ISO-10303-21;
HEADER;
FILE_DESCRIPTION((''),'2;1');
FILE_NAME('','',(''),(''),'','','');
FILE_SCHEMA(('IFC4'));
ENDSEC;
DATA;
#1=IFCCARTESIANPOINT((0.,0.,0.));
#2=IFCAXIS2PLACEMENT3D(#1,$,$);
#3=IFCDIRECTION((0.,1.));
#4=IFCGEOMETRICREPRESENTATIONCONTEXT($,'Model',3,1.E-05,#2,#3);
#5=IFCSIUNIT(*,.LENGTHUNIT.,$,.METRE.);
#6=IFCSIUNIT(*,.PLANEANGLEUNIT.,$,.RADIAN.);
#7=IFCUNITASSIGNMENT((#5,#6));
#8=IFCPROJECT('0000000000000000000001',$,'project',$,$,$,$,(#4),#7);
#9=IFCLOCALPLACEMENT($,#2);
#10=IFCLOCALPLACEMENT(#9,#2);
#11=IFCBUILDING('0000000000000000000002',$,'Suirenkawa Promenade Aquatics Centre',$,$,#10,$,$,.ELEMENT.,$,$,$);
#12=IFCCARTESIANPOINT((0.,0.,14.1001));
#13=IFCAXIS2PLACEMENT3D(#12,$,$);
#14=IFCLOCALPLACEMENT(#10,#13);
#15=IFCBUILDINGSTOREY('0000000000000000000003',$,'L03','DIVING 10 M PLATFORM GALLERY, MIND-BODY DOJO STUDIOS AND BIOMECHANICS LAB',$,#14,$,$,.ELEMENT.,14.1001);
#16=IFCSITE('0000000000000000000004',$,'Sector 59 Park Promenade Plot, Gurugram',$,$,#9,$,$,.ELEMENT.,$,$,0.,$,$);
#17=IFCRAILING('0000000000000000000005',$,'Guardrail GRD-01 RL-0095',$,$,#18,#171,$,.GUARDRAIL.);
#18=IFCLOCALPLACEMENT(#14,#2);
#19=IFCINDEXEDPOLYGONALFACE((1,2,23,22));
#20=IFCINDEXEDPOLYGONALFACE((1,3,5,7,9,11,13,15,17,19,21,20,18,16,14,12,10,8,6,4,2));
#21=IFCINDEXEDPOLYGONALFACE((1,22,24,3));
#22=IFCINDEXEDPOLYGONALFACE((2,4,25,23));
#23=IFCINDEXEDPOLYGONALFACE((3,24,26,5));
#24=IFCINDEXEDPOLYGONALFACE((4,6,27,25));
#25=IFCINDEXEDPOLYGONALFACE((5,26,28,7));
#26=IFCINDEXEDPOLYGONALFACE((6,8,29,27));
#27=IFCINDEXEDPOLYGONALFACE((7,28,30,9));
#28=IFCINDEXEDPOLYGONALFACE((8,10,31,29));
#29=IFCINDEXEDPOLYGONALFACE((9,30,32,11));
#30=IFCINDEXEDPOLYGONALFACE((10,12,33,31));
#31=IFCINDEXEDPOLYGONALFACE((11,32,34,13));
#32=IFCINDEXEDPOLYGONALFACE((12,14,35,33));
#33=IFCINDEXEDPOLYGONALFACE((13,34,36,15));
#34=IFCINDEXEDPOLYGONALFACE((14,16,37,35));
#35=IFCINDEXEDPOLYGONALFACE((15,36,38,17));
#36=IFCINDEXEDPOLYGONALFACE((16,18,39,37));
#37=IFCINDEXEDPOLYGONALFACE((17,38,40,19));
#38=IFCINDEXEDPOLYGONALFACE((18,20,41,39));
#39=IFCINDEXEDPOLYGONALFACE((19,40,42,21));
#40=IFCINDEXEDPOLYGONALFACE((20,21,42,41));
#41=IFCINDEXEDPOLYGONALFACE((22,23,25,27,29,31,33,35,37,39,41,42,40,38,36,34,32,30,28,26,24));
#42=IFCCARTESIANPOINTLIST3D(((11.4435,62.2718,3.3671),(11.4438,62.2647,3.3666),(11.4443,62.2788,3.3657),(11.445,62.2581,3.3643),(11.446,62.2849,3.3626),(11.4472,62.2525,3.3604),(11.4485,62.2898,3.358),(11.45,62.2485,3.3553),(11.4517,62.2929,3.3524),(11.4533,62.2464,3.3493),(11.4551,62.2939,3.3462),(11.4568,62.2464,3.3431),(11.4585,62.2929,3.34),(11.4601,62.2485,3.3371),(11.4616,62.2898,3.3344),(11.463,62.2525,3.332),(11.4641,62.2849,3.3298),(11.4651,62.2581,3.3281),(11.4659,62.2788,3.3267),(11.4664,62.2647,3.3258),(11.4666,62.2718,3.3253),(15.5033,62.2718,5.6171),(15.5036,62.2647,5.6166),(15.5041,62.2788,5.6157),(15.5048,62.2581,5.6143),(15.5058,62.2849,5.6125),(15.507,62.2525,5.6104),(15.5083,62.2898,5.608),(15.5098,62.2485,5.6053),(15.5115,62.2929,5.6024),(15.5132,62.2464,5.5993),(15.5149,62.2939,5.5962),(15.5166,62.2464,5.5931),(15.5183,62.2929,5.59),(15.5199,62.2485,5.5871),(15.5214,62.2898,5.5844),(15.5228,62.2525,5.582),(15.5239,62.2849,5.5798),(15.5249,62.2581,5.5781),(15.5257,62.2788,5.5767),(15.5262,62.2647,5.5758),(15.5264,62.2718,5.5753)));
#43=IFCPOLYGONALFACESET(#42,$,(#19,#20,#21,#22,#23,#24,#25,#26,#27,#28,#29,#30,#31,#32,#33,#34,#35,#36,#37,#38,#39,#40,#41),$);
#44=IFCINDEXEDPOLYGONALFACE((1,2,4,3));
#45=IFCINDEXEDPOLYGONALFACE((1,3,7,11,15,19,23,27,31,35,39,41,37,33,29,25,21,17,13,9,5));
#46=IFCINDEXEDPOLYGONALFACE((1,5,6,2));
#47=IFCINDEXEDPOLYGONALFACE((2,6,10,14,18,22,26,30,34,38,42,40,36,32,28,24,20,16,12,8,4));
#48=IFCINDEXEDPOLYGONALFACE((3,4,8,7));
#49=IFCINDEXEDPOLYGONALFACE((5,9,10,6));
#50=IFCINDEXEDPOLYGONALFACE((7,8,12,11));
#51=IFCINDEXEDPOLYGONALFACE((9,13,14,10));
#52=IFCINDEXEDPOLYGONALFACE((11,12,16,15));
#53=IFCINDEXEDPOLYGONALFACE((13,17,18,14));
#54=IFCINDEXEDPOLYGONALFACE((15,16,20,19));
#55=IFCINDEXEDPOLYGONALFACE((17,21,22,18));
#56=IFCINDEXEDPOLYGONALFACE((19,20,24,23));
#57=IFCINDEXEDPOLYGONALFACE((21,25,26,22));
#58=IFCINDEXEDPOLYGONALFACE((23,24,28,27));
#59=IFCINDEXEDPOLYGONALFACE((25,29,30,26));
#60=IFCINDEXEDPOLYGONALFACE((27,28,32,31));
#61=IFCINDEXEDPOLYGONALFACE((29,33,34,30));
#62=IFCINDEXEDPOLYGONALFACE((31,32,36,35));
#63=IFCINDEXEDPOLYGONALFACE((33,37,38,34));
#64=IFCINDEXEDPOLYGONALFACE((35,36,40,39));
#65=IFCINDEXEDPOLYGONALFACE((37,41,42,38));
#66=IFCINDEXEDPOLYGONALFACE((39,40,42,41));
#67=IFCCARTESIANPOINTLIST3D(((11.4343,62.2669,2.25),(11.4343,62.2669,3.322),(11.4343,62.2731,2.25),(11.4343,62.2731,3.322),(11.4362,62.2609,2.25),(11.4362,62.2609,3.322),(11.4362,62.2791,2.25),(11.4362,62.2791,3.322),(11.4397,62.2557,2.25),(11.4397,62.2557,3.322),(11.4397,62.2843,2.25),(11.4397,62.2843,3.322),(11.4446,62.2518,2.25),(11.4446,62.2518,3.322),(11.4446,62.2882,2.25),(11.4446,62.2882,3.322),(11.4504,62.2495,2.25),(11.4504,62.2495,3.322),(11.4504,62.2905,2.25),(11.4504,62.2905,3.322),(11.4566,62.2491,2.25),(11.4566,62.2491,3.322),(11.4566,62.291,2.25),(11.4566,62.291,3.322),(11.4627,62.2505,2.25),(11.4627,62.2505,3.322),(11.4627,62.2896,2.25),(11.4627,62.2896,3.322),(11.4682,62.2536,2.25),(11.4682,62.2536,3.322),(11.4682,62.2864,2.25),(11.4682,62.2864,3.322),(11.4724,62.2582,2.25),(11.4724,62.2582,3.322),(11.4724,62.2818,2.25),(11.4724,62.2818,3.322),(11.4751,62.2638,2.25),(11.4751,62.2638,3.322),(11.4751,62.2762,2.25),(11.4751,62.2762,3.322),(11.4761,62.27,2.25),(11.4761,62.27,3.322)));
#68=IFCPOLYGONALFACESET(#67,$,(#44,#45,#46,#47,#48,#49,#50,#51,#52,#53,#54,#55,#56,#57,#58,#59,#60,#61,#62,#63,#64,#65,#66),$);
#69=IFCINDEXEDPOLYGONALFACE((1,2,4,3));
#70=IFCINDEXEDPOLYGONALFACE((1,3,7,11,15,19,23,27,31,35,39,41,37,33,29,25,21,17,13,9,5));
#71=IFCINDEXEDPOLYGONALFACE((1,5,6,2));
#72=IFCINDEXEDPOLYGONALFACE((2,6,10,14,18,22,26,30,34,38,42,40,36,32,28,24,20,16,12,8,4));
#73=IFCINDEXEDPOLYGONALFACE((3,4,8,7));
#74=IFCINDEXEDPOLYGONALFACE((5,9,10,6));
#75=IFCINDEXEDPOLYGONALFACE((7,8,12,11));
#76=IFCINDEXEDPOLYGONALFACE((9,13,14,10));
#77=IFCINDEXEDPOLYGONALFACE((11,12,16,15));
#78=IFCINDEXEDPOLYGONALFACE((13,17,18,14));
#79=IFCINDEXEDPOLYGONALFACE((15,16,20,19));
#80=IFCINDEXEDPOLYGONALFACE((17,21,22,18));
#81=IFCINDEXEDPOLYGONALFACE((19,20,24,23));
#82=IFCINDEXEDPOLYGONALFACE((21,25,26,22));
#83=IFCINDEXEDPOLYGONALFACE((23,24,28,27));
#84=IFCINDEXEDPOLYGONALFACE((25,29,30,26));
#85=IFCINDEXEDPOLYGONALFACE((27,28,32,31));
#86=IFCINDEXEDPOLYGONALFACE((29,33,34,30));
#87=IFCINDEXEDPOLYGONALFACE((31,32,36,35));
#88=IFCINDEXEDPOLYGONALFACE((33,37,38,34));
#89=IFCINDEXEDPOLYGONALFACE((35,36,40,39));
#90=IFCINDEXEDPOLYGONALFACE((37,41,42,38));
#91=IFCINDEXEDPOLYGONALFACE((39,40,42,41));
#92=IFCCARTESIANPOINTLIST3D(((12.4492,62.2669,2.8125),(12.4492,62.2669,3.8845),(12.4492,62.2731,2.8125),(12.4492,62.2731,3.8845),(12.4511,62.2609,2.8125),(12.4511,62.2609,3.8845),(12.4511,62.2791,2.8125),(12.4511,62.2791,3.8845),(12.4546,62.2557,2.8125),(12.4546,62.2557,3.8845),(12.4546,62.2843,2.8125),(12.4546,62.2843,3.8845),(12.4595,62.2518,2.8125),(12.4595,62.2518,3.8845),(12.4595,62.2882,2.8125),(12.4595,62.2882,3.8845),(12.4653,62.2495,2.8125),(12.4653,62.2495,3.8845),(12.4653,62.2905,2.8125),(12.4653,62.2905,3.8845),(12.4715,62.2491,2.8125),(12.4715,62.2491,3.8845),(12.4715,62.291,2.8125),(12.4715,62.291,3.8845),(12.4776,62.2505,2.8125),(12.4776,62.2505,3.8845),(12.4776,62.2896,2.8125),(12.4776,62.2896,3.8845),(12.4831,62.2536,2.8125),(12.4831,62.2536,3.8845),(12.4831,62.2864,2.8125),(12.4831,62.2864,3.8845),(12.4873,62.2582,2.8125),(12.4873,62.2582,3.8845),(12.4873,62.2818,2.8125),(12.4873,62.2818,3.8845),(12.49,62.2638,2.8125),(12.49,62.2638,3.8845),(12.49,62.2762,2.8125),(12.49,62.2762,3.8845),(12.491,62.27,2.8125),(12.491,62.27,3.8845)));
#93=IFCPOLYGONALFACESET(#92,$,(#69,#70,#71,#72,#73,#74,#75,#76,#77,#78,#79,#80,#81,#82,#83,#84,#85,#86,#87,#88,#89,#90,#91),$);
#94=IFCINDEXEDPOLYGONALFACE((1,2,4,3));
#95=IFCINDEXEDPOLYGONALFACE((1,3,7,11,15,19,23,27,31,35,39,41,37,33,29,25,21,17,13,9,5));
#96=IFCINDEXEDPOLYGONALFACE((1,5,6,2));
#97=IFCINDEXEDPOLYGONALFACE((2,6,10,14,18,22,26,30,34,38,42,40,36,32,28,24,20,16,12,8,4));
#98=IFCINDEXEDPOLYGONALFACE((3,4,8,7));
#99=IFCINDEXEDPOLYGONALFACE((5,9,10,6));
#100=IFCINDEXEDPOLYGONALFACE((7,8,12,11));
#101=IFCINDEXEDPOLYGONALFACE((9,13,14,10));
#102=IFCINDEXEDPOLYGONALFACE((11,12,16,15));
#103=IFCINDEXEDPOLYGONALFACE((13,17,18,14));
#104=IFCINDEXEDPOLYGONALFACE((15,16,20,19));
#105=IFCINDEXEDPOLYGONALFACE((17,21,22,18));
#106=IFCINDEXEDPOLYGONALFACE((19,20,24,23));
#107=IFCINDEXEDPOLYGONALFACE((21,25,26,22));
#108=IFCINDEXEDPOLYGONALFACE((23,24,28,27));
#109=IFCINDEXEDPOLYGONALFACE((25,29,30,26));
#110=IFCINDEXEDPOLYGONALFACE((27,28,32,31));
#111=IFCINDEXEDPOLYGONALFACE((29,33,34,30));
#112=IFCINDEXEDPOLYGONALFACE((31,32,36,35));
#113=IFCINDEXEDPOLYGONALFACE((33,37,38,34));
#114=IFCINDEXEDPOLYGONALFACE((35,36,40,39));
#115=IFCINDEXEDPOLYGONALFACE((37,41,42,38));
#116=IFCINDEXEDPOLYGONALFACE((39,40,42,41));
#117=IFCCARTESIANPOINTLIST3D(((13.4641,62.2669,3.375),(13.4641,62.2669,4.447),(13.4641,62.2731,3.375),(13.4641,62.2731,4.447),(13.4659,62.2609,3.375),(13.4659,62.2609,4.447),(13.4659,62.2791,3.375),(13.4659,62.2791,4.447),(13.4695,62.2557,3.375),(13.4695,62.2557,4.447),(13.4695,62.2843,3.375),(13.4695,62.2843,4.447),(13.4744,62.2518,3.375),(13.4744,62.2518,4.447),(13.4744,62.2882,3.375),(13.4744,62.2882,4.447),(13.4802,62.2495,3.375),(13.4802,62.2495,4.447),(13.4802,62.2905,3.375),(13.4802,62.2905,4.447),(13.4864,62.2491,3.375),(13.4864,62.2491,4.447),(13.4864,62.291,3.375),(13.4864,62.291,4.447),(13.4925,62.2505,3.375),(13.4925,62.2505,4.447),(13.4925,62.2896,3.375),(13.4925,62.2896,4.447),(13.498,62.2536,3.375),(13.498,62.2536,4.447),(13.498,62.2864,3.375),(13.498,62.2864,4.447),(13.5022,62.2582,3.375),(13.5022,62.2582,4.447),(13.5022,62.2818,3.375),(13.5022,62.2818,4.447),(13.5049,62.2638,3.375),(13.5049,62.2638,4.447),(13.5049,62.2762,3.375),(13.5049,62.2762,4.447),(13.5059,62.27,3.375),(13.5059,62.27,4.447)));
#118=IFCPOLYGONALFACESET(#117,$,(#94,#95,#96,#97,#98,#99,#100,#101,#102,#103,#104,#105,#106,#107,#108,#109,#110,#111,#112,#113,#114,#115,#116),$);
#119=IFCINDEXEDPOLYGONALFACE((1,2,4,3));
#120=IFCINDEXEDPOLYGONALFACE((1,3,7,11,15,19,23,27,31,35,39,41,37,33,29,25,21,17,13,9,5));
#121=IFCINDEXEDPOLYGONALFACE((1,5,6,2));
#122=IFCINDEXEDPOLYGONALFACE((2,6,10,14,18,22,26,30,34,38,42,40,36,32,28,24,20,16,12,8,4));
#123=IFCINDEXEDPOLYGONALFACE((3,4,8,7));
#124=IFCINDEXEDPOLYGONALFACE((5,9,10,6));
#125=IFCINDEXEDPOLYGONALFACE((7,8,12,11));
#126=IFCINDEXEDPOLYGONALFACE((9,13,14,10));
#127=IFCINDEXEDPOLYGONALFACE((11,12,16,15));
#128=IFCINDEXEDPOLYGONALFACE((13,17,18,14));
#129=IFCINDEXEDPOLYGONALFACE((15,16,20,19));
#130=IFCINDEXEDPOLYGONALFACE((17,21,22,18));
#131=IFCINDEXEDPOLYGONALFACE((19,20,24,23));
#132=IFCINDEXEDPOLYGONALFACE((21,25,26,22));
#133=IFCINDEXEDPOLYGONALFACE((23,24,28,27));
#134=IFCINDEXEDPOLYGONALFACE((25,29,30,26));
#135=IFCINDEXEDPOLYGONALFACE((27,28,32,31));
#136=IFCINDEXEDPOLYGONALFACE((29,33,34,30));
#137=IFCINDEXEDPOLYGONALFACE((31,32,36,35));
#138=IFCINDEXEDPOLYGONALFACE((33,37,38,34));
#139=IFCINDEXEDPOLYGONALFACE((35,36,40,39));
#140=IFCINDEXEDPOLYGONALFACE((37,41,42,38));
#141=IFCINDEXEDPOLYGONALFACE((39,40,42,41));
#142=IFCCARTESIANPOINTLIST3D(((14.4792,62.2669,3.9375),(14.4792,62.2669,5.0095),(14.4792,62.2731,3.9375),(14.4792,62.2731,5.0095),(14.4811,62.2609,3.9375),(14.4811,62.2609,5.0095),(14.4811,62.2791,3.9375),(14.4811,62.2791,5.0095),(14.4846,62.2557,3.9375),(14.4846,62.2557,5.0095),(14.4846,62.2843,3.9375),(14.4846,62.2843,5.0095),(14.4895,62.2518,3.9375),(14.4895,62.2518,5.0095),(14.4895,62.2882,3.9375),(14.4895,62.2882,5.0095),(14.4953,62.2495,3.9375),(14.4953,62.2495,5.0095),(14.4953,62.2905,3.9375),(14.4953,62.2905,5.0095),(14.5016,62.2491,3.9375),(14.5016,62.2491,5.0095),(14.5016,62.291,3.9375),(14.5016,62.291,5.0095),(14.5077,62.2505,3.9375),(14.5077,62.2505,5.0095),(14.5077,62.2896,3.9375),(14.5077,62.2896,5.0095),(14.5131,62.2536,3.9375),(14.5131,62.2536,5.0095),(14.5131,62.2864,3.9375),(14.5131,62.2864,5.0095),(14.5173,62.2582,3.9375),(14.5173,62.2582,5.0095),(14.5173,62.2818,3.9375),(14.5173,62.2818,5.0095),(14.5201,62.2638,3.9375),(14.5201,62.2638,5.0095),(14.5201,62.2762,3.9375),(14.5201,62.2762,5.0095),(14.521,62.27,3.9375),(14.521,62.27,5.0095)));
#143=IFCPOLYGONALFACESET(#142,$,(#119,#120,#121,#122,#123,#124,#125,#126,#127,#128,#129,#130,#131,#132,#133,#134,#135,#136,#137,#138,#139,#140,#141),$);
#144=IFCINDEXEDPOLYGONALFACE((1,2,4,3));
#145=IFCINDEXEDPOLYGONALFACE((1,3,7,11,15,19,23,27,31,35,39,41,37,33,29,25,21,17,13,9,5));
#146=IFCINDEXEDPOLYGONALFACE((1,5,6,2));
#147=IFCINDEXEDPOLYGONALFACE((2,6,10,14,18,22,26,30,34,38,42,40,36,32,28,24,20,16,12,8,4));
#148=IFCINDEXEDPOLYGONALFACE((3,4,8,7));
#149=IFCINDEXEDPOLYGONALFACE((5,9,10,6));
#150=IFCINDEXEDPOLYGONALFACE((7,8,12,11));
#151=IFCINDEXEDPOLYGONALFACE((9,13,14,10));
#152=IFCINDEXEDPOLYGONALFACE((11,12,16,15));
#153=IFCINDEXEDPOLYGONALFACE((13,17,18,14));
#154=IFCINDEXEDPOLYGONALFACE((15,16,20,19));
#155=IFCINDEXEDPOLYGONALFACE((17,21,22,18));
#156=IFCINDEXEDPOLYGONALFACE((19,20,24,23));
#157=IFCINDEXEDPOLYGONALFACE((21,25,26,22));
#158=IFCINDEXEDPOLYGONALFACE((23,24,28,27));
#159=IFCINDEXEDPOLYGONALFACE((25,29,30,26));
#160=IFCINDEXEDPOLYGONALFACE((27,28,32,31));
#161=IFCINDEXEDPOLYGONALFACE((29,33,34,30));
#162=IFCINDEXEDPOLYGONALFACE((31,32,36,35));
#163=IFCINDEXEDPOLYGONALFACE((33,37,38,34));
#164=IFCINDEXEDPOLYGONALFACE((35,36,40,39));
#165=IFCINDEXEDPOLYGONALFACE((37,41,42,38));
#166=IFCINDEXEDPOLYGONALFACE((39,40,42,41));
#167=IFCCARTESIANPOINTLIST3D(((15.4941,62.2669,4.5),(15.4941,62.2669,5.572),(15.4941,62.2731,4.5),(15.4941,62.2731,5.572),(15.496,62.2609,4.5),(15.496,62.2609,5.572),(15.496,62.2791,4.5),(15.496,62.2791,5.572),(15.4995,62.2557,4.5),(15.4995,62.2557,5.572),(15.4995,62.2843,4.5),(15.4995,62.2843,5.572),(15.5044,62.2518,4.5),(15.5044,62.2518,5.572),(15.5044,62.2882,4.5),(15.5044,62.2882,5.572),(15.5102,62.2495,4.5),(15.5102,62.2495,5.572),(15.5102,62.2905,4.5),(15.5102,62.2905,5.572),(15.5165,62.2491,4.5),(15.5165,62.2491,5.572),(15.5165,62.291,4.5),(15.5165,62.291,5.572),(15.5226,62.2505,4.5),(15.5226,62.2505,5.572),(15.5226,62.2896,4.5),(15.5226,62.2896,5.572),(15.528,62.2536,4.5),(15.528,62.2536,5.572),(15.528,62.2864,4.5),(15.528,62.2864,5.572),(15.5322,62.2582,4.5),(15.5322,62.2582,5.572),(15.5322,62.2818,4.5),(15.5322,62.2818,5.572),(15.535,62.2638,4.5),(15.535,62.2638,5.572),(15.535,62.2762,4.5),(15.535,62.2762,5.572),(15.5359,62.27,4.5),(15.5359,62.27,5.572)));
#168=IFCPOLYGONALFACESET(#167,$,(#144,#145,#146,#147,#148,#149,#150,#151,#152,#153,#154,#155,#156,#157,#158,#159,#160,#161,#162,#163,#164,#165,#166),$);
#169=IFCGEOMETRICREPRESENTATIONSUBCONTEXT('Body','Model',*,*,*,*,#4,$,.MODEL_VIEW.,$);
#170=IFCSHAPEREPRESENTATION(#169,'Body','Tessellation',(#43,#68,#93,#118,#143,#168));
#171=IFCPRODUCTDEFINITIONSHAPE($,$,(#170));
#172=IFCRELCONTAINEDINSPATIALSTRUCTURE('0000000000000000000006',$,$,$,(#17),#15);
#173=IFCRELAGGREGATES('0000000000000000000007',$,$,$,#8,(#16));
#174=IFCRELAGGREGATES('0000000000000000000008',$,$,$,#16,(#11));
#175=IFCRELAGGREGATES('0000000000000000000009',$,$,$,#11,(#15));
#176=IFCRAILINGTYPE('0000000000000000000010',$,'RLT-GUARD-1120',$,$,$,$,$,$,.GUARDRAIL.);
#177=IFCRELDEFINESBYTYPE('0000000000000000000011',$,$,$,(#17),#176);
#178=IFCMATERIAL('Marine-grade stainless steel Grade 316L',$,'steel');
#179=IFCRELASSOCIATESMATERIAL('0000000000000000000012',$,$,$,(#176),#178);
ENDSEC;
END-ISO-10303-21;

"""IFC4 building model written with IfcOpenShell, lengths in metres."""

from ifc_helpers import new_model, si_unit, direction, frame, origin, origin_2d, place, context, subcontext, project, spatial, circle, extrude, material, type_object, element, save


model = new_model("IFC4")

# Units and contexts
model_context = context("Model", 3, precision=1e-05, world=origin(), true_north=direction((0.0, 1.0)))
body_context = subcontext(model_context, "Body", "Model", "MODEL_VIEW")
ifc_project = project(units=[si_unit("LENGTHUNIT", "METRE"), si_unit("PLANEANGLEUNIT", "RADIAN")], contexts=[model_context])

# Site, building, storey
site_placement = place(None, origin())
site = spatial("IfcSite", under=ifc_project, at=site_placement, Name="Sector 59 Park Promenade Plot, Gurugram", CompositionType="ELEMENT", RefElevation=0.0)
building_placement = place(site_placement, origin())
building = spatial("IfcBuilding", under=site, at=building_placement, Name="Suirenkawa Promenade Aquatics Centre", CompositionType="ELEMENT")
storey_placement = place(building_placement, frame((0.0, 0.0, 14.1001)))
storey = spatial("IfcBuildingStorey", under=building, at=storey_placement, Name="L03", Description="DIVING 10 M PLATFORM GALLERY, MIND-BODY DOJO STUDIOS AND BIOMECHANICS LAB", CompositionType="ELEMENT", Elevation=14.1001)

# Shared definitions
ifc_material_1 = material(Name="Marine-grade stainless steel Grade 316L", Category="steel")

# Railing
railing_type_1 = type_object("IfcRailingType", Name="RLT-GUARD-1120", PredefinedType="GUARDRAIL", material=ifc_material_1)
railing_1_placement = place(storey_placement, frame((11.4551, 62.27, 2.25)))
element("IfcRailing", 1, at=railing_1_placement, inside=storey, type_object=railing_type_1, Name="Guardrail GRD-01 RL-0095", PredefinedType="GUARDRAIL", context=body_context, shape_type="SweptSolid", body=[
    extrude(circle(Radius=0.0239, at=origin_2d()), frame((0.0, 0.0, 1.0962), z_axis=(0.874656, 0.0, 0.484745), x_axis=(0.0, 1.0, 0.0)), (0.0, 0.0, 1.0), 4.6416),
    extrude(circle(Radius=0.021, at=origin_2d()), origin(), (0.0, 0.0, 1.0), 1.072),
    extrude(circle(Radius=0.021, at=origin_2d()), frame((1.0149, 0.0, 0.5625)), (0.0, 0.0, 1.0), 1.072),
    extrude(circle(Radius=0.021, at=origin_2d()), frame((2.0298, 0.0, 1.125)), (0.0, 0.0, 1.0), 1.072),
    extrude(circle(Radius=0.021, at=origin_2d()), frame((3.0449, 0.0, 1.6875)), (0.0, 0.0, 1.0), 1.072),
    extrude(circle(Radius=0.021, at=origin_2d()), frame((4.0598, 0.0, 2.25)), (0.0, 0.0, 1.0), 1.072),
])

save(model, "model.ifc")
